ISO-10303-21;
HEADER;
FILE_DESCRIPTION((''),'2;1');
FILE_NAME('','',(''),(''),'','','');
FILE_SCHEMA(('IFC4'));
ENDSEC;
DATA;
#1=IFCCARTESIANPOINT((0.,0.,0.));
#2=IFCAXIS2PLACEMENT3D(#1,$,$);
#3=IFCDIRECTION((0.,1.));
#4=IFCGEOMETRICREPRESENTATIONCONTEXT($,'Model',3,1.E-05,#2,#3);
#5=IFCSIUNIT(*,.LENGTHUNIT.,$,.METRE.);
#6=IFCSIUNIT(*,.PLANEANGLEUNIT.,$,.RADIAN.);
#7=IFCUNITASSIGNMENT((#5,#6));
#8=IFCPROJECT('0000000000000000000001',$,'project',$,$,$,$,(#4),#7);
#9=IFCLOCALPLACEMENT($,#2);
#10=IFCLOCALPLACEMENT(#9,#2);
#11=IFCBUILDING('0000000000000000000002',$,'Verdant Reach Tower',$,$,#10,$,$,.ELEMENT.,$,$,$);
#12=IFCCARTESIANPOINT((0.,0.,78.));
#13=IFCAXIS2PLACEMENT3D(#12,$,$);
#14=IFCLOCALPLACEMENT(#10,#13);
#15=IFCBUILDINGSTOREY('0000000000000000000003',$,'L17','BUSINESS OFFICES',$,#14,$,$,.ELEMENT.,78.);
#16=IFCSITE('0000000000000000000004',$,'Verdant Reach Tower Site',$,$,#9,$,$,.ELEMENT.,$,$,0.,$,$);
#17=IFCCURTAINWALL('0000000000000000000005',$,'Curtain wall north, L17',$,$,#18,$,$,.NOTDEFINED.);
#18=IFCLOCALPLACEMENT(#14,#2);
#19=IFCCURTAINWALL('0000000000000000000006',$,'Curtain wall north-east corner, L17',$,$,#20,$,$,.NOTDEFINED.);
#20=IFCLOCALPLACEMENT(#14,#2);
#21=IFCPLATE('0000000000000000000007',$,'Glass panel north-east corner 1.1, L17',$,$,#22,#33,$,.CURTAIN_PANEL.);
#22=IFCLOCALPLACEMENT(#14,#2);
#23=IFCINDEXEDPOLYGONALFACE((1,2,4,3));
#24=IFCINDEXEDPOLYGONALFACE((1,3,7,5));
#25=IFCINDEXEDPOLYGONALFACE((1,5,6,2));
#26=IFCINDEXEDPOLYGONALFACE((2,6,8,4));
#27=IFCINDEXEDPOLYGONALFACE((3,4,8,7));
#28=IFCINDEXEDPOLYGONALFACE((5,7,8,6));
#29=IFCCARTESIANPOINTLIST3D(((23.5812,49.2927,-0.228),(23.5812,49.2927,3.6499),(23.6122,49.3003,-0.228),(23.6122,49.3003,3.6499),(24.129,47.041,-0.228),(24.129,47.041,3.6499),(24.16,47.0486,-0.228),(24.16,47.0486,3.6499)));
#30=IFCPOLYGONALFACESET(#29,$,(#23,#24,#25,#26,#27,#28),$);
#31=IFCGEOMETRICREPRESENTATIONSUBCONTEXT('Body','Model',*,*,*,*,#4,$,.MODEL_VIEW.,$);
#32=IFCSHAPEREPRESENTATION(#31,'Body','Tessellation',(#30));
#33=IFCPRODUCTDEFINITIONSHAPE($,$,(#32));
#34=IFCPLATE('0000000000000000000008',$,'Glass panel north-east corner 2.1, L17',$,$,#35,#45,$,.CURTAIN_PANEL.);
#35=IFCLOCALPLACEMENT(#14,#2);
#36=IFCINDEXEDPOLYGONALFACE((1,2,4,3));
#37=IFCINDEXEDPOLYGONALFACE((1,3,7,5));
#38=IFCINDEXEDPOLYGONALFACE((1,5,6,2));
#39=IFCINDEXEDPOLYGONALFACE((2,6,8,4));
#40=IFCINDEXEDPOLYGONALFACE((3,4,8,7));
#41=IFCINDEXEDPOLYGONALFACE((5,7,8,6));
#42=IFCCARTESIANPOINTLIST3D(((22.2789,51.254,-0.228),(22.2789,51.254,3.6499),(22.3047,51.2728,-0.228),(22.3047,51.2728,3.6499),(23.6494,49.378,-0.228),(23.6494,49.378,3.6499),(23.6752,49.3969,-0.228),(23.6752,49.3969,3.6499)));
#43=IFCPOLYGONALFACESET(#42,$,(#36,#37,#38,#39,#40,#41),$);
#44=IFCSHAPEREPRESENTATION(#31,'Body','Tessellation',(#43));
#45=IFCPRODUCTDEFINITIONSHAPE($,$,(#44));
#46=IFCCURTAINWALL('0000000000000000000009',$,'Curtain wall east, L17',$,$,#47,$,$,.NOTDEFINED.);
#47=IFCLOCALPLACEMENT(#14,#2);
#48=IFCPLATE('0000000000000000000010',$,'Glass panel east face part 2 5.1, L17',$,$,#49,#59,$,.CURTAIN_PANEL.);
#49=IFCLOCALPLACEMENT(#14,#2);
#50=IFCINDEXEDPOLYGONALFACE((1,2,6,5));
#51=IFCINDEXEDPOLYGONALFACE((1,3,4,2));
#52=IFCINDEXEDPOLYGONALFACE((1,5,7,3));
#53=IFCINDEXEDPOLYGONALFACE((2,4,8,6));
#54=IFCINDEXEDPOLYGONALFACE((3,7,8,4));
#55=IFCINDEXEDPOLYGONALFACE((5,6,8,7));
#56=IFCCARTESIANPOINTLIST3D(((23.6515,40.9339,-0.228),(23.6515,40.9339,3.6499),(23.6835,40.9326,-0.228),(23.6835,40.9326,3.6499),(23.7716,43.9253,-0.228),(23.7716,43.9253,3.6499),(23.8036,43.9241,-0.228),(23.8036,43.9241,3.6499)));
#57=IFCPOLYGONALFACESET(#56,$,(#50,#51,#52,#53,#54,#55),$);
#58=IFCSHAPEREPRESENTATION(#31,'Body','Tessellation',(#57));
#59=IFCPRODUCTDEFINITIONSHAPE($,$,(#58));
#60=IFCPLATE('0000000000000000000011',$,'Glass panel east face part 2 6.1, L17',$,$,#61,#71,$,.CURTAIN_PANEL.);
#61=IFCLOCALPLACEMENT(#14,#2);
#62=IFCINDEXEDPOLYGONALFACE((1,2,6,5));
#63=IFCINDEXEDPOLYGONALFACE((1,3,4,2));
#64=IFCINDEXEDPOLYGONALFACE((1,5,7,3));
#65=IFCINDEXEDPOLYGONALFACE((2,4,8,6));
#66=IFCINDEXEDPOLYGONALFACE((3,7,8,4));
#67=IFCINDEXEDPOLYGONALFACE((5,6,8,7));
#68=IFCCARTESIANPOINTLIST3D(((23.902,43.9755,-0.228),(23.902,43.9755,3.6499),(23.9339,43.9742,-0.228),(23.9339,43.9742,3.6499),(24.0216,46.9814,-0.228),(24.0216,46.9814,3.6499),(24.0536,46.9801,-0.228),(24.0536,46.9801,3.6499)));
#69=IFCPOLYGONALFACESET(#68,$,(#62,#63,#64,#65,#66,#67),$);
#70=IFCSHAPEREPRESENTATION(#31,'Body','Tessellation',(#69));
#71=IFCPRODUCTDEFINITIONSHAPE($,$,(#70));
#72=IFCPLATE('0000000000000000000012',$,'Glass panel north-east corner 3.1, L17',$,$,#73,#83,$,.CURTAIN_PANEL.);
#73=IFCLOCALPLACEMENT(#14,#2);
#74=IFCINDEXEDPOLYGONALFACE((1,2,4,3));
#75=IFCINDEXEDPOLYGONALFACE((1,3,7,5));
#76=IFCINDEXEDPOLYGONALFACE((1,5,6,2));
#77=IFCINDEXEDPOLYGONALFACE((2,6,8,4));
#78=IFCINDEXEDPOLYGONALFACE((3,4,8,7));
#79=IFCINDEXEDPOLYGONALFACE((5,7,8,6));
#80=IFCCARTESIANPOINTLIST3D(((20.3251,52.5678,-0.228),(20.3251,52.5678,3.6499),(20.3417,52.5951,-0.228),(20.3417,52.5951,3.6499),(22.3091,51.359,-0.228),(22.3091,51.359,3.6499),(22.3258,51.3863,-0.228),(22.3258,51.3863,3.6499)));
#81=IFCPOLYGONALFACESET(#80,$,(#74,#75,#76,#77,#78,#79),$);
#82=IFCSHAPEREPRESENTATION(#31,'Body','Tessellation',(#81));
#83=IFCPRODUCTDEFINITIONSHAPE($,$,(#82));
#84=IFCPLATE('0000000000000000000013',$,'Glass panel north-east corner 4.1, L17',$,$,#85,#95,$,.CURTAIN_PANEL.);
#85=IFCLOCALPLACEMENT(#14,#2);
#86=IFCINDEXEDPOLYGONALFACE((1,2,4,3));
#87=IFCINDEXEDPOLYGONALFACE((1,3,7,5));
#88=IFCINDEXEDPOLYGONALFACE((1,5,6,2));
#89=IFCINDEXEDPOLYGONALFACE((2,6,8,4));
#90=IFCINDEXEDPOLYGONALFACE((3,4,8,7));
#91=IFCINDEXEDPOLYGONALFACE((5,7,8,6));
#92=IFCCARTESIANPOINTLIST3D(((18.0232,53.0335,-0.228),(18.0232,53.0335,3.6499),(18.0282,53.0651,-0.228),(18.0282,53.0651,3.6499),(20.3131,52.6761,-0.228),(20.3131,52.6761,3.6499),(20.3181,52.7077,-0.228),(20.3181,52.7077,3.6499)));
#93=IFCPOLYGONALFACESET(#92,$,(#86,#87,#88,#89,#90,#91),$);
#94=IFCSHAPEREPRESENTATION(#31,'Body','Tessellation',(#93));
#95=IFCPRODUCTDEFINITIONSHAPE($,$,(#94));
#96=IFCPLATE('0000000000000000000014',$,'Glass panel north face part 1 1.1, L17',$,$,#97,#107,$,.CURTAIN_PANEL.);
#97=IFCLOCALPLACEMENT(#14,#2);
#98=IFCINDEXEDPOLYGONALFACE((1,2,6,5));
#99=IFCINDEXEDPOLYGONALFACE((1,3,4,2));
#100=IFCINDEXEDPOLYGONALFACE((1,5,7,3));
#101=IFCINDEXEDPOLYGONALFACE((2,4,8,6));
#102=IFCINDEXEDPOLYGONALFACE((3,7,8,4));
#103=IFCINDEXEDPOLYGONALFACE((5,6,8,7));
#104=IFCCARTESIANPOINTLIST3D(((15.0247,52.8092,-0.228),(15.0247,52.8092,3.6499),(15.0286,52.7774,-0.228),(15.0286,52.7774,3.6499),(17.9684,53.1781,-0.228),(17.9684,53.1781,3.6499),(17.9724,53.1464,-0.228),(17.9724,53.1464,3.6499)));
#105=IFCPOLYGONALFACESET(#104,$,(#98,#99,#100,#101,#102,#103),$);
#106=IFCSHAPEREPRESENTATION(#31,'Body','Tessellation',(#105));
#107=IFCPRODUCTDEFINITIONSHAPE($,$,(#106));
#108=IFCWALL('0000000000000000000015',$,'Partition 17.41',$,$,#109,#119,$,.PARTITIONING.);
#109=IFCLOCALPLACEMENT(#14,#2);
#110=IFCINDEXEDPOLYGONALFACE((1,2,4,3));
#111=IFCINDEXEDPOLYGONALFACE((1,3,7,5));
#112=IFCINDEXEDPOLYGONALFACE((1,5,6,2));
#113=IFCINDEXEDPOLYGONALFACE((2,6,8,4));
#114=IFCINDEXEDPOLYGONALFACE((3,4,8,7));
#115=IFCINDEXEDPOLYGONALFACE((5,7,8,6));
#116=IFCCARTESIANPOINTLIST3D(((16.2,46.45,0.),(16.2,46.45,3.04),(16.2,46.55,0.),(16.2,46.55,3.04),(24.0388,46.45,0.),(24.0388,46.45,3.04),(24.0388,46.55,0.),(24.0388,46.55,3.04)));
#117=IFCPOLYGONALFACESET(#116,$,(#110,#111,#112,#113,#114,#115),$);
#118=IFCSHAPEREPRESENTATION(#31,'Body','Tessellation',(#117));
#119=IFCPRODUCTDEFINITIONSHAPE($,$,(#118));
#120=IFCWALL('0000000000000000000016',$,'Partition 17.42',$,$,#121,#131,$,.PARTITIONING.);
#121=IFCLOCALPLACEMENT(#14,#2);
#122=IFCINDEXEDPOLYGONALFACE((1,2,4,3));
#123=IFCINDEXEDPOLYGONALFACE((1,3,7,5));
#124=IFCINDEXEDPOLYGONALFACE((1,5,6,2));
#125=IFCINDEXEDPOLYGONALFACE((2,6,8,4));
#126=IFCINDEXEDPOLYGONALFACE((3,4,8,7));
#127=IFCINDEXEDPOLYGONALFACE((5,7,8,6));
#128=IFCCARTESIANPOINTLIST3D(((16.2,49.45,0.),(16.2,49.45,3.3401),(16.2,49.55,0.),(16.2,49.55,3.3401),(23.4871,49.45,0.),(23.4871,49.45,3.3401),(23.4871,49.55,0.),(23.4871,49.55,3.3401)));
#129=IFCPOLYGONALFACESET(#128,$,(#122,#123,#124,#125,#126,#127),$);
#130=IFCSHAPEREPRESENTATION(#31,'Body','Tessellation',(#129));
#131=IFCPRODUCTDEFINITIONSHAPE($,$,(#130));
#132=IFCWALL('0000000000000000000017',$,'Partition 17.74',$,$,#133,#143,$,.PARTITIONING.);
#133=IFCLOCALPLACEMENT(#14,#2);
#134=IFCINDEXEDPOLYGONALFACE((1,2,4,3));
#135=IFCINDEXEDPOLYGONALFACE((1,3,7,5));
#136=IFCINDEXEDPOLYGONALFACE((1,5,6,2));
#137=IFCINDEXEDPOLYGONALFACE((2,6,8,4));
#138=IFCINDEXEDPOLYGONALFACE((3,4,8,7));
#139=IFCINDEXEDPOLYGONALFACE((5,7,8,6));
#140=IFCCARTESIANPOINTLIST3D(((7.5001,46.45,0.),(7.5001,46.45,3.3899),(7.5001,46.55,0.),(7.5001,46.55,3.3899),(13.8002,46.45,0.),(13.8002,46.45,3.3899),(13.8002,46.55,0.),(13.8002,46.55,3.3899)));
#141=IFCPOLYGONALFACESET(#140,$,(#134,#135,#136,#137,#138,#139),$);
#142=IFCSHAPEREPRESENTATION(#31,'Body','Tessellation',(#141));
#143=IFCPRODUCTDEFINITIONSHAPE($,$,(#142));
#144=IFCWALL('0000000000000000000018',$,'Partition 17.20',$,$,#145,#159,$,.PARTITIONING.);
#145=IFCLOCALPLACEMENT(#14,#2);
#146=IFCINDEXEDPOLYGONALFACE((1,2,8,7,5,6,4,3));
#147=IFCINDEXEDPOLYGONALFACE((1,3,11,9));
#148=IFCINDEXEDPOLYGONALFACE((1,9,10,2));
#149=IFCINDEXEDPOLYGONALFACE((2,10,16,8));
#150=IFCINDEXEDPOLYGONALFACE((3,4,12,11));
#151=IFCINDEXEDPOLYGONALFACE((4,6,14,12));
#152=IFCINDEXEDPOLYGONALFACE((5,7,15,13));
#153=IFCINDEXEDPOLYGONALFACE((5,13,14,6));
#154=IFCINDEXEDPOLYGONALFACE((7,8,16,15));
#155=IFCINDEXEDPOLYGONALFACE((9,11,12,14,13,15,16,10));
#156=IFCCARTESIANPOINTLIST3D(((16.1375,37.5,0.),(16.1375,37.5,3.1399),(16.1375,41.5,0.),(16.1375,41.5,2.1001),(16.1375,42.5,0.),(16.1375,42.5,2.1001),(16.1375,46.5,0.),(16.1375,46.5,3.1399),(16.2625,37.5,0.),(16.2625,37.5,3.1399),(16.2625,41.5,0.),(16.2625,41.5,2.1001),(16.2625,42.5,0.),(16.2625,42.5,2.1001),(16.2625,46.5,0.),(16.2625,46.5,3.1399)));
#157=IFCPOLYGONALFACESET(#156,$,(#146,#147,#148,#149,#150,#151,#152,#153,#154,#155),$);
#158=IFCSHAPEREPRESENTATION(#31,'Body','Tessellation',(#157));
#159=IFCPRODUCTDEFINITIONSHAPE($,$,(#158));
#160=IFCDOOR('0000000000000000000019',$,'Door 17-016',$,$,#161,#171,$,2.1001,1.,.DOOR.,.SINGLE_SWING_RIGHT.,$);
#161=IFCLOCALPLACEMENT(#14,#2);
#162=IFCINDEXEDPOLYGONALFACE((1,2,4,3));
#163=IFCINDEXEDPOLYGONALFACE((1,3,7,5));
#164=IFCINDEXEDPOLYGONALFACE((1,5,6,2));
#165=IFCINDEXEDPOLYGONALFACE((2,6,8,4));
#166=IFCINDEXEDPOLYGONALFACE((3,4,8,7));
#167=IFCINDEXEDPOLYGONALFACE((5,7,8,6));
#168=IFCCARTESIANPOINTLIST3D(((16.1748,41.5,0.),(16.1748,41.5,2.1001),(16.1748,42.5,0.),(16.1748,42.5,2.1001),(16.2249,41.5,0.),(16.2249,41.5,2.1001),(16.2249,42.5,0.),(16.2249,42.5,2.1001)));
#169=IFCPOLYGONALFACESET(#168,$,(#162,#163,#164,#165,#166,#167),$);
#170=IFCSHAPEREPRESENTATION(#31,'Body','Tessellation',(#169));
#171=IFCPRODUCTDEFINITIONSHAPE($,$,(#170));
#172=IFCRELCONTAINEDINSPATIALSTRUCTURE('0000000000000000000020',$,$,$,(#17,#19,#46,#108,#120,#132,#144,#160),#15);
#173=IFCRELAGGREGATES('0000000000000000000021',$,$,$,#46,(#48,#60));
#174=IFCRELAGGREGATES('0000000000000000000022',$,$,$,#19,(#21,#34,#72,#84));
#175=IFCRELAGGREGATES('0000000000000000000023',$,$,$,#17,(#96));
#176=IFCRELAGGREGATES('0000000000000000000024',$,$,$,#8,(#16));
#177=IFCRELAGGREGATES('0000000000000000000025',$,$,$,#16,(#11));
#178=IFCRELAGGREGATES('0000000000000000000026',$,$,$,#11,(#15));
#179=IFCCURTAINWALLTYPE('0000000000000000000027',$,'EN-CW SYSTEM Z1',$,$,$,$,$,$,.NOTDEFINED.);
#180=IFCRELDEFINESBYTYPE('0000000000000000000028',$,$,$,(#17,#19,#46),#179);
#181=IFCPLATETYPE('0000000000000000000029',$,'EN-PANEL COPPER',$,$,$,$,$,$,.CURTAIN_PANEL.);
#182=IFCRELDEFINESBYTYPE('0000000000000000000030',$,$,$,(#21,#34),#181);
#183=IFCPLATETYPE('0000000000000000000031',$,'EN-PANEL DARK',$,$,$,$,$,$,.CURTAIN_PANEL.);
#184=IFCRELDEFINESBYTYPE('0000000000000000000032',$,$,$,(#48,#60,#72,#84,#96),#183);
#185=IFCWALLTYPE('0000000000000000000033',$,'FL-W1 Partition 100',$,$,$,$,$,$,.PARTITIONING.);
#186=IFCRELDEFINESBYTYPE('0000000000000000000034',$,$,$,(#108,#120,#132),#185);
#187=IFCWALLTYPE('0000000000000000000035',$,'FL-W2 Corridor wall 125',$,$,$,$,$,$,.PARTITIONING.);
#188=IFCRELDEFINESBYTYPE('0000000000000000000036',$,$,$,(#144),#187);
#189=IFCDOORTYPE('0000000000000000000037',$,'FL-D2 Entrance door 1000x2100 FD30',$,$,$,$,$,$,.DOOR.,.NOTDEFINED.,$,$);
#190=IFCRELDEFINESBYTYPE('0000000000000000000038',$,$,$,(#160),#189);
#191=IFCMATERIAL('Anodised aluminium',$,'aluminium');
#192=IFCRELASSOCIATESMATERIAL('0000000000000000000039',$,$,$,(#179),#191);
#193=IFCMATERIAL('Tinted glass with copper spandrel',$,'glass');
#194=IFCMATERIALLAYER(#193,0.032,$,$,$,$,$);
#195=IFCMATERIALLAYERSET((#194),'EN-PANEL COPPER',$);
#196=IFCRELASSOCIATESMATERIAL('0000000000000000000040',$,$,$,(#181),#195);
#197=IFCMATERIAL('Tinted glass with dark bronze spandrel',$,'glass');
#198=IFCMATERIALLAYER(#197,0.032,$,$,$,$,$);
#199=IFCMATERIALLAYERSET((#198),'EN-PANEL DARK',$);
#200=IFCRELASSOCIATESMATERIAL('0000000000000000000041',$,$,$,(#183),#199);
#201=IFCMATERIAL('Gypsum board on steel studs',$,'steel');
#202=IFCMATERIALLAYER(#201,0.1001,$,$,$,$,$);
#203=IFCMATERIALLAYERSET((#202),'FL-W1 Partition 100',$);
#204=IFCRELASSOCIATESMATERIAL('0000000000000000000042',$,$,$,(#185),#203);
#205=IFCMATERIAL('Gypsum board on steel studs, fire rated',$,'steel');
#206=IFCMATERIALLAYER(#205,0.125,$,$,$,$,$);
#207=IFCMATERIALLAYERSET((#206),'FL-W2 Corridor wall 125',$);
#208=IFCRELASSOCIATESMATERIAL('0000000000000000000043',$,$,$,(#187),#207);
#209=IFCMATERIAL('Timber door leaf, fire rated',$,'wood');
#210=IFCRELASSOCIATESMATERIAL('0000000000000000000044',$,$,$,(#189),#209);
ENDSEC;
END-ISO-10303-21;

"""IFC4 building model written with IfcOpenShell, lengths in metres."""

from ifc_helpers import new_model, si_unit, direction, frame, frame_2d, origin, origin_2d, place, context, subcontext, project, spatial, rectangle, extrude, material, layer, layer_set, type_object, element, fill, aggregate, save


model = new_model("IFC4")

# Units and contexts
model_context = context("Model", 3, precision=1e-05, world=origin(), true_north=direction((0.0, 1.0)))
body_context = subcontext(model_context, "Body", "Model", "MODEL_VIEW")
ifc_project = project(units=[si_unit("LENGTHUNIT", "METRE"), si_unit("PLANEANGLEUNIT", "RADIAN")], contexts=[model_context])

# Site, building, storey
site_placement = place(None, origin())
site = spatial("IfcSite", under=ifc_project, at=site_placement, Name="Verdant Reach Tower Site", CompositionType="ELEMENT", RefElevation=0.0)
building_placement = place(site_placement, origin())
building = spatial("IfcBuilding", under=site, at=building_placement, Name="Verdant Reach Tower", CompositionType="ELEMENT")
storey_placement = place(building_placement, frame((0.0, 0.0, 78.0)))
storey = spatial("IfcBuildingStorey", under=building, at=storey_placement, Name="L17", Description="BUSINESS OFFICES", CompositionType="ELEMENT", Elevation=78.0)

# Curtain wall
ifc_material_1 = material(Name="Anodised aluminium", Category="aluminium")
curtain_wall_type = type_object("IfcCurtainWallType", Name="EN-CW SYSTEM Z1", PredefinedType="NOTDEFINED", material=ifc_material_1)
curtain_wall_1_placement = place(storey_placement, origin())
curtain_wall_1 = element("IfcCurtainWall", 1, at=curtain_wall_1_placement, inside=storey, type_object=curtain_wall_type, Name="Curtain wall north, L17", PredefinedType="NOTDEFINED")

# Curtain walls, plates
curtain_wall_2_placement = place(storey_placement, origin())
curtain_wall_2 = element("IfcCurtainWall", 2, at=curtain_wall_2_placement, inside=storey, type_object=curtain_wall_type, Name="Curtain wall north-east corner, L17", PredefinedType="NOTDEFINED")
ifc_material_2 = material(Name="Tinted glass with copper spandrel", Category="glass")
ifc_layer_1 = layer(ifc_material_2, 0.032)
ifc_layer_set_1 = layer_set([ifc_layer_1], Name="EN-PANEL COPPER")
plate_type_1 = type_object("IfcPlateType", Name="EN-PANEL COPPER", PredefinedType="CURTAIN_PANEL", material=ifc_layer_set_1)
plate_1_placement = place(storey_placement, frame((23.8706, 48.1707, -0.228), z_axis=(0.0, 0.0, 1.0), x_axis=(-0.236383, 0.97166, 0.0)))
plate_1 = element("IfcPlate", 3, at=plate_1_placement, type_object=plate_type_1, Name="Glass panel north-east corner 1.1, L17", PredefinedType="CURTAIN_PANEL", context=body_context, shape_type="SweptSolid", body=[
    extrude(rectangle(XDim=2.3174, YDim=0.032, at=origin_2d()), origin(), (0.0, 0.0, 1.0), 3.8779),
])
plate_2_placement = place(storey_placement, frame((22.9771, 50.3254, -0.228), z_axis=(0.0, 0.0, 1.0), x_axis=(-0.589927, 0.807457, 0.0)))
plate_2 = element("IfcPlate", 4, at=plate_2_placement, type_object=plate_type_1, Name="Glass panel north-east corner 2.1, L17", PredefinedType="CURTAIN_PANEL", context=body_context, shape_type="SweptSolid", body=[
    extrude(rectangle(XDim=2.3232, YDim=0.032, at=origin_2d()), origin(), (0.0, 0.0, 1.0), 3.8779),
])
curtain_wall_3_placement = place(storey_placement, origin())
curtain_wall_3 = element("IfcCurtainWall", 5, at=curtain_wall_3_placement, inside=storey, type_object=curtain_wall_type, Name="Curtain wall east, L17", PredefinedType="NOTDEFINED")
ifc_material_3 = material(Name="Tinted glass with dark bronze spandrel", Category="glass")
ifc_layer_2 = layer(ifc_material_3, 0.032)
ifc_layer_set_2 = layer_set([ifc_layer_2], Name="EN-PANEL DARK")
plate_type_2 = type_object("IfcPlateType", Name="EN-PANEL DARK", PredefinedType="CURTAIN_PANEL", material=ifc_layer_set_2)
plate_3_placement = place(storey_placement, frame((23.7275, 42.429, -0.228), z_axis=(0.0, 0.0, 1.0), x_axis=(0.040109, 0.999195, 0.0)))
plate_3 = element("IfcPlate", 6, at=plate_3_placement, type_object=plate_type_2, Name="Glass panel east face part 2 5.1, L17", PredefinedType="CURTAIN_PANEL", context=body_context, shape_type="SweptSolid", body=[
    extrude(rectangle(XDim=2.9939, YDim=0.032, at=origin_2d()), origin(), (0.0, 0.0, 1.0), 3.8779),
])
plate_4_placement = place(storey_placement, frame((23.9778, 45.4778, -0.228), z_axis=(0.0, 0.0, 1.0), x_axis=(0.039784, 0.999208, 0.0)))
plate_4 = element("IfcPlate", 7, at=plate_4_placement, type_object=plate_type_2, Name="Glass panel east face part 2 6.1, L17", PredefinedType="CURTAIN_PANEL", context=body_context, shape_type="SweptSolid", body=[
    extrude(rectangle(XDim=3.0083, YDim=0.032, at=origin_2d()), origin(), (0.0, 0.0, 1.0), 3.8779),
])
aggregate(curtain_wall_3, [plate_3, plate_4])

# Plates
plate_5_placement = place(storey_placement, frame((21.3254, 51.9771, -0.228), z_axis=(0.0, 0.0, 1.0), x_axis=(-0.853989, 0.520292, 0.0)))
plate_5 = element("IfcPlate", 8, at=plate_5_placement, type_object=plate_type_2, Name="Glass panel north-east corner 3.1, L17", PredefinedType="CURTAIN_PANEL", context=body_context, shape_type="SweptSolid", body=[
    extrude(rectangle(XDim=2.3232, YDim=0.032, at=origin_2d()), origin(), (0.0, 0.0, 1.0), 3.8779),
])
plate_6_placement = place(storey_placement, frame((19.1707, 52.8706, -0.228), z_axis=(0.0, 0.0, 1.0), x_axis=(-0.988033, 0.154245, 0.0)))
plate_6 = element("IfcPlate", 9, at=plate_6_placement, type_object=plate_type_2, Name="Glass panel north-east corner 4.1, L17", PredefinedType="CURTAIN_PANEL", context=body_context, shape_type="SweptSolid", body=[
    extrude(rectangle(XDim=2.3176, YDim=0.032, at=origin_2d()), origin(), (0.0, 0.0, 1.0), 3.8779),
])
aggregate(curtain_wall_2, [plate_1, plate_2, plate_5, plate_6])
plate_7_placement = place(storey_placement, frame((16.4985, 52.9778, -0.228), z_axis=(0.0, 0.0, 1.0), x_axis=(-0.992235, -0.124374, 0.0)))
plate_7 = element("IfcPlate", 10, at=plate_7_placement, type_object=plate_type_2, Name="Glass panel north face part 1 1.1, L17", PredefinedType="CURTAIN_PANEL", context=body_context, shape_type="SweptSolid", body=[
    extrude(rectangle(XDim=2.9668, YDim=0.032, at=origin_2d()), origin(), (0.0, 0.0, 1.0), 3.8779),
])
aggregate(curtain_wall_1, [plate_7])

# Walls
ifc_material_4 = material(Name="Gypsum board on steel studs", Category="steel")
ifc_layer_3 = layer(ifc_material_4, 0.1001)
ifc_layer_set_3 = layer_set([ifc_layer_3], Name="FL-W1 Partition 100")
wall_type_1 = type_object("IfcWallType", Name="FL-W1 Partition 100", PredefinedType="PARTITIONING", material=ifc_layer_set_3)
wall_1_placement = place(storey_placement, frame((24.0388, 46.5, 0.0), z_axis=(0.0, 0.0, 1.0), x_axis=(-1.0, 0.0, 0.0)))
element("IfcWall", 11, at=wall_1_placement, inside=storey, type_object=wall_type_1, Name="Partition 17.41", PredefinedType="PARTITIONING", context=body_context, shape_type="SweptSolid", body=[
    extrude(rectangle(XDim=7.8389, YDim=0.1001, at=frame_2d((3.9194, 0.0))), origin(), (0.0, 0.0, 1.0), 3.04),
])
wall_2_placement = place(storey_placement, frame((23.4871, 49.5, 0.0), z_axis=(0.0, 0.0, 1.0), x_axis=(-1.0, 0.0, 0.0)))
element("IfcWall", 12, at=wall_2_placement, inside=storey, type_object=wall_type_1, Name="Partition 17.42", PredefinedType="PARTITIONING", context=body_context, shape_type="SweptSolid", body=[
    extrude(rectangle(XDim=7.2871, YDim=0.1001, at=frame_2d((3.6436, 0.0))), origin(), (0.0, 0.0, 1.0), 3.3401),
])
wall_3_placement = place(storey_placement, frame((13.8, 46.5, 0.0), z_axis=(0.0, 0.0, 1.0), x_axis=(-1.0, 0.0, 0.0)))
element("IfcWall", 13, at=wall_3_placement, inside=storey, type_object=wall_type_1, Name="Partition 17.74", PredefinedType="PARTITIONING", context=body_context, shape_type="SweptSolid", body=[
    extrude(rectangle(XDim=6.3, YDim=0.1001, at=frame_2d((3.1499, 0.0))), origin(), (0.0, 0.0, 1.0), 3.3899),
])

# Wall, opening, door
ifc_material_5 = material(Name="Gypsum board on steel studs, fire rated", Category="steel")
ifc_layer_4 = layer(ifc_material_5, 0.125)
ifc_layer_set_4 = layer_set([ifc_layer_4], Name="FL-W2 Corridor wall 125")
wall_type_2 = type_object("IfcWallType", Name="FL-W2 Corridor wall 125", PredefinedType="PARTITIONING", material=ifc_layer_set_4)
wall_4_placement = place(storey_placement, frame((16.2, 46.5, 0.0), z_axis=(0.0, 0.0, 1.0), x_axis=(0.0, -1.0, 0.0)))
wall_4 = element("IfcWall", 14, at=wall_4_placement, inside=storey, type_object=wall_type_2, Name="Partition 17.20", PredefinedType="PARTITIONING", context=body_context, shape_type="SweptSolid", body=[
    extrude(rectangle(XDim=9.0, YDim=0.125, at=frame_2d((4.5, 0.0))), origin(), (0.0, 0.0, 1.0), 3.1399),
])
opening_1_placement = place(wall_4_placement, frame((4.0, 0.0, 0.0)))
opening_1 = element("IfcOpeningElement", 15, at=opening_1_placement, cuts=wall_4, PredefinedType="OPENING", context=body_context, shape_type="SweptSolid", body=[
    extrude(rectangle(XDim=1.0, YDim=2.1001, at=frame_2d((0.5, 1.05))), frame((0.0, 0.0725, 0.0), z_axis=(0.0, -1.0, 0.0), x_axis=(1.0, 0.0, 0.0)), (0.0, 0.0, 1.0), 0.145),
])
ifc_material_6 = material(Name="Timber door leaf, fire rated", Category="wood")
door_type = type_object("IfcDoorType", Name="FL-D2 Entrance door 1000x2100 FD30", OperationType="NOTDEFINED", PredefinedType="DOOR", material=ifc_material_6)
door_1_placement = place(opening_1_placement, origin())
door_1 = element("IfcDoor", 16, at=door_1_placement, inside=storey, type_object=door_type, Name="Door 17-016", OperationType="SINGLE_SWING_RIGHT", OverallHeight=2.1001, OverallWidth=1.0, PredefinedType="DOOR", context=body_context, shape_type="SweptSolid", body=[
    extrude(rectangle(XDim=1.0, YDim=2.1001, at=frame_2d((0.5, 1.05))), frame((0.0, 0.0249, 0.0), z_axis=(0.0, -1.0, 0.0), x_axis=(1.0, 0.0, 0.0)), (0.0, 0.0, 1.0), 0.05),
])
fill(opening_1, door_1)

save(model, "model.ifc")
